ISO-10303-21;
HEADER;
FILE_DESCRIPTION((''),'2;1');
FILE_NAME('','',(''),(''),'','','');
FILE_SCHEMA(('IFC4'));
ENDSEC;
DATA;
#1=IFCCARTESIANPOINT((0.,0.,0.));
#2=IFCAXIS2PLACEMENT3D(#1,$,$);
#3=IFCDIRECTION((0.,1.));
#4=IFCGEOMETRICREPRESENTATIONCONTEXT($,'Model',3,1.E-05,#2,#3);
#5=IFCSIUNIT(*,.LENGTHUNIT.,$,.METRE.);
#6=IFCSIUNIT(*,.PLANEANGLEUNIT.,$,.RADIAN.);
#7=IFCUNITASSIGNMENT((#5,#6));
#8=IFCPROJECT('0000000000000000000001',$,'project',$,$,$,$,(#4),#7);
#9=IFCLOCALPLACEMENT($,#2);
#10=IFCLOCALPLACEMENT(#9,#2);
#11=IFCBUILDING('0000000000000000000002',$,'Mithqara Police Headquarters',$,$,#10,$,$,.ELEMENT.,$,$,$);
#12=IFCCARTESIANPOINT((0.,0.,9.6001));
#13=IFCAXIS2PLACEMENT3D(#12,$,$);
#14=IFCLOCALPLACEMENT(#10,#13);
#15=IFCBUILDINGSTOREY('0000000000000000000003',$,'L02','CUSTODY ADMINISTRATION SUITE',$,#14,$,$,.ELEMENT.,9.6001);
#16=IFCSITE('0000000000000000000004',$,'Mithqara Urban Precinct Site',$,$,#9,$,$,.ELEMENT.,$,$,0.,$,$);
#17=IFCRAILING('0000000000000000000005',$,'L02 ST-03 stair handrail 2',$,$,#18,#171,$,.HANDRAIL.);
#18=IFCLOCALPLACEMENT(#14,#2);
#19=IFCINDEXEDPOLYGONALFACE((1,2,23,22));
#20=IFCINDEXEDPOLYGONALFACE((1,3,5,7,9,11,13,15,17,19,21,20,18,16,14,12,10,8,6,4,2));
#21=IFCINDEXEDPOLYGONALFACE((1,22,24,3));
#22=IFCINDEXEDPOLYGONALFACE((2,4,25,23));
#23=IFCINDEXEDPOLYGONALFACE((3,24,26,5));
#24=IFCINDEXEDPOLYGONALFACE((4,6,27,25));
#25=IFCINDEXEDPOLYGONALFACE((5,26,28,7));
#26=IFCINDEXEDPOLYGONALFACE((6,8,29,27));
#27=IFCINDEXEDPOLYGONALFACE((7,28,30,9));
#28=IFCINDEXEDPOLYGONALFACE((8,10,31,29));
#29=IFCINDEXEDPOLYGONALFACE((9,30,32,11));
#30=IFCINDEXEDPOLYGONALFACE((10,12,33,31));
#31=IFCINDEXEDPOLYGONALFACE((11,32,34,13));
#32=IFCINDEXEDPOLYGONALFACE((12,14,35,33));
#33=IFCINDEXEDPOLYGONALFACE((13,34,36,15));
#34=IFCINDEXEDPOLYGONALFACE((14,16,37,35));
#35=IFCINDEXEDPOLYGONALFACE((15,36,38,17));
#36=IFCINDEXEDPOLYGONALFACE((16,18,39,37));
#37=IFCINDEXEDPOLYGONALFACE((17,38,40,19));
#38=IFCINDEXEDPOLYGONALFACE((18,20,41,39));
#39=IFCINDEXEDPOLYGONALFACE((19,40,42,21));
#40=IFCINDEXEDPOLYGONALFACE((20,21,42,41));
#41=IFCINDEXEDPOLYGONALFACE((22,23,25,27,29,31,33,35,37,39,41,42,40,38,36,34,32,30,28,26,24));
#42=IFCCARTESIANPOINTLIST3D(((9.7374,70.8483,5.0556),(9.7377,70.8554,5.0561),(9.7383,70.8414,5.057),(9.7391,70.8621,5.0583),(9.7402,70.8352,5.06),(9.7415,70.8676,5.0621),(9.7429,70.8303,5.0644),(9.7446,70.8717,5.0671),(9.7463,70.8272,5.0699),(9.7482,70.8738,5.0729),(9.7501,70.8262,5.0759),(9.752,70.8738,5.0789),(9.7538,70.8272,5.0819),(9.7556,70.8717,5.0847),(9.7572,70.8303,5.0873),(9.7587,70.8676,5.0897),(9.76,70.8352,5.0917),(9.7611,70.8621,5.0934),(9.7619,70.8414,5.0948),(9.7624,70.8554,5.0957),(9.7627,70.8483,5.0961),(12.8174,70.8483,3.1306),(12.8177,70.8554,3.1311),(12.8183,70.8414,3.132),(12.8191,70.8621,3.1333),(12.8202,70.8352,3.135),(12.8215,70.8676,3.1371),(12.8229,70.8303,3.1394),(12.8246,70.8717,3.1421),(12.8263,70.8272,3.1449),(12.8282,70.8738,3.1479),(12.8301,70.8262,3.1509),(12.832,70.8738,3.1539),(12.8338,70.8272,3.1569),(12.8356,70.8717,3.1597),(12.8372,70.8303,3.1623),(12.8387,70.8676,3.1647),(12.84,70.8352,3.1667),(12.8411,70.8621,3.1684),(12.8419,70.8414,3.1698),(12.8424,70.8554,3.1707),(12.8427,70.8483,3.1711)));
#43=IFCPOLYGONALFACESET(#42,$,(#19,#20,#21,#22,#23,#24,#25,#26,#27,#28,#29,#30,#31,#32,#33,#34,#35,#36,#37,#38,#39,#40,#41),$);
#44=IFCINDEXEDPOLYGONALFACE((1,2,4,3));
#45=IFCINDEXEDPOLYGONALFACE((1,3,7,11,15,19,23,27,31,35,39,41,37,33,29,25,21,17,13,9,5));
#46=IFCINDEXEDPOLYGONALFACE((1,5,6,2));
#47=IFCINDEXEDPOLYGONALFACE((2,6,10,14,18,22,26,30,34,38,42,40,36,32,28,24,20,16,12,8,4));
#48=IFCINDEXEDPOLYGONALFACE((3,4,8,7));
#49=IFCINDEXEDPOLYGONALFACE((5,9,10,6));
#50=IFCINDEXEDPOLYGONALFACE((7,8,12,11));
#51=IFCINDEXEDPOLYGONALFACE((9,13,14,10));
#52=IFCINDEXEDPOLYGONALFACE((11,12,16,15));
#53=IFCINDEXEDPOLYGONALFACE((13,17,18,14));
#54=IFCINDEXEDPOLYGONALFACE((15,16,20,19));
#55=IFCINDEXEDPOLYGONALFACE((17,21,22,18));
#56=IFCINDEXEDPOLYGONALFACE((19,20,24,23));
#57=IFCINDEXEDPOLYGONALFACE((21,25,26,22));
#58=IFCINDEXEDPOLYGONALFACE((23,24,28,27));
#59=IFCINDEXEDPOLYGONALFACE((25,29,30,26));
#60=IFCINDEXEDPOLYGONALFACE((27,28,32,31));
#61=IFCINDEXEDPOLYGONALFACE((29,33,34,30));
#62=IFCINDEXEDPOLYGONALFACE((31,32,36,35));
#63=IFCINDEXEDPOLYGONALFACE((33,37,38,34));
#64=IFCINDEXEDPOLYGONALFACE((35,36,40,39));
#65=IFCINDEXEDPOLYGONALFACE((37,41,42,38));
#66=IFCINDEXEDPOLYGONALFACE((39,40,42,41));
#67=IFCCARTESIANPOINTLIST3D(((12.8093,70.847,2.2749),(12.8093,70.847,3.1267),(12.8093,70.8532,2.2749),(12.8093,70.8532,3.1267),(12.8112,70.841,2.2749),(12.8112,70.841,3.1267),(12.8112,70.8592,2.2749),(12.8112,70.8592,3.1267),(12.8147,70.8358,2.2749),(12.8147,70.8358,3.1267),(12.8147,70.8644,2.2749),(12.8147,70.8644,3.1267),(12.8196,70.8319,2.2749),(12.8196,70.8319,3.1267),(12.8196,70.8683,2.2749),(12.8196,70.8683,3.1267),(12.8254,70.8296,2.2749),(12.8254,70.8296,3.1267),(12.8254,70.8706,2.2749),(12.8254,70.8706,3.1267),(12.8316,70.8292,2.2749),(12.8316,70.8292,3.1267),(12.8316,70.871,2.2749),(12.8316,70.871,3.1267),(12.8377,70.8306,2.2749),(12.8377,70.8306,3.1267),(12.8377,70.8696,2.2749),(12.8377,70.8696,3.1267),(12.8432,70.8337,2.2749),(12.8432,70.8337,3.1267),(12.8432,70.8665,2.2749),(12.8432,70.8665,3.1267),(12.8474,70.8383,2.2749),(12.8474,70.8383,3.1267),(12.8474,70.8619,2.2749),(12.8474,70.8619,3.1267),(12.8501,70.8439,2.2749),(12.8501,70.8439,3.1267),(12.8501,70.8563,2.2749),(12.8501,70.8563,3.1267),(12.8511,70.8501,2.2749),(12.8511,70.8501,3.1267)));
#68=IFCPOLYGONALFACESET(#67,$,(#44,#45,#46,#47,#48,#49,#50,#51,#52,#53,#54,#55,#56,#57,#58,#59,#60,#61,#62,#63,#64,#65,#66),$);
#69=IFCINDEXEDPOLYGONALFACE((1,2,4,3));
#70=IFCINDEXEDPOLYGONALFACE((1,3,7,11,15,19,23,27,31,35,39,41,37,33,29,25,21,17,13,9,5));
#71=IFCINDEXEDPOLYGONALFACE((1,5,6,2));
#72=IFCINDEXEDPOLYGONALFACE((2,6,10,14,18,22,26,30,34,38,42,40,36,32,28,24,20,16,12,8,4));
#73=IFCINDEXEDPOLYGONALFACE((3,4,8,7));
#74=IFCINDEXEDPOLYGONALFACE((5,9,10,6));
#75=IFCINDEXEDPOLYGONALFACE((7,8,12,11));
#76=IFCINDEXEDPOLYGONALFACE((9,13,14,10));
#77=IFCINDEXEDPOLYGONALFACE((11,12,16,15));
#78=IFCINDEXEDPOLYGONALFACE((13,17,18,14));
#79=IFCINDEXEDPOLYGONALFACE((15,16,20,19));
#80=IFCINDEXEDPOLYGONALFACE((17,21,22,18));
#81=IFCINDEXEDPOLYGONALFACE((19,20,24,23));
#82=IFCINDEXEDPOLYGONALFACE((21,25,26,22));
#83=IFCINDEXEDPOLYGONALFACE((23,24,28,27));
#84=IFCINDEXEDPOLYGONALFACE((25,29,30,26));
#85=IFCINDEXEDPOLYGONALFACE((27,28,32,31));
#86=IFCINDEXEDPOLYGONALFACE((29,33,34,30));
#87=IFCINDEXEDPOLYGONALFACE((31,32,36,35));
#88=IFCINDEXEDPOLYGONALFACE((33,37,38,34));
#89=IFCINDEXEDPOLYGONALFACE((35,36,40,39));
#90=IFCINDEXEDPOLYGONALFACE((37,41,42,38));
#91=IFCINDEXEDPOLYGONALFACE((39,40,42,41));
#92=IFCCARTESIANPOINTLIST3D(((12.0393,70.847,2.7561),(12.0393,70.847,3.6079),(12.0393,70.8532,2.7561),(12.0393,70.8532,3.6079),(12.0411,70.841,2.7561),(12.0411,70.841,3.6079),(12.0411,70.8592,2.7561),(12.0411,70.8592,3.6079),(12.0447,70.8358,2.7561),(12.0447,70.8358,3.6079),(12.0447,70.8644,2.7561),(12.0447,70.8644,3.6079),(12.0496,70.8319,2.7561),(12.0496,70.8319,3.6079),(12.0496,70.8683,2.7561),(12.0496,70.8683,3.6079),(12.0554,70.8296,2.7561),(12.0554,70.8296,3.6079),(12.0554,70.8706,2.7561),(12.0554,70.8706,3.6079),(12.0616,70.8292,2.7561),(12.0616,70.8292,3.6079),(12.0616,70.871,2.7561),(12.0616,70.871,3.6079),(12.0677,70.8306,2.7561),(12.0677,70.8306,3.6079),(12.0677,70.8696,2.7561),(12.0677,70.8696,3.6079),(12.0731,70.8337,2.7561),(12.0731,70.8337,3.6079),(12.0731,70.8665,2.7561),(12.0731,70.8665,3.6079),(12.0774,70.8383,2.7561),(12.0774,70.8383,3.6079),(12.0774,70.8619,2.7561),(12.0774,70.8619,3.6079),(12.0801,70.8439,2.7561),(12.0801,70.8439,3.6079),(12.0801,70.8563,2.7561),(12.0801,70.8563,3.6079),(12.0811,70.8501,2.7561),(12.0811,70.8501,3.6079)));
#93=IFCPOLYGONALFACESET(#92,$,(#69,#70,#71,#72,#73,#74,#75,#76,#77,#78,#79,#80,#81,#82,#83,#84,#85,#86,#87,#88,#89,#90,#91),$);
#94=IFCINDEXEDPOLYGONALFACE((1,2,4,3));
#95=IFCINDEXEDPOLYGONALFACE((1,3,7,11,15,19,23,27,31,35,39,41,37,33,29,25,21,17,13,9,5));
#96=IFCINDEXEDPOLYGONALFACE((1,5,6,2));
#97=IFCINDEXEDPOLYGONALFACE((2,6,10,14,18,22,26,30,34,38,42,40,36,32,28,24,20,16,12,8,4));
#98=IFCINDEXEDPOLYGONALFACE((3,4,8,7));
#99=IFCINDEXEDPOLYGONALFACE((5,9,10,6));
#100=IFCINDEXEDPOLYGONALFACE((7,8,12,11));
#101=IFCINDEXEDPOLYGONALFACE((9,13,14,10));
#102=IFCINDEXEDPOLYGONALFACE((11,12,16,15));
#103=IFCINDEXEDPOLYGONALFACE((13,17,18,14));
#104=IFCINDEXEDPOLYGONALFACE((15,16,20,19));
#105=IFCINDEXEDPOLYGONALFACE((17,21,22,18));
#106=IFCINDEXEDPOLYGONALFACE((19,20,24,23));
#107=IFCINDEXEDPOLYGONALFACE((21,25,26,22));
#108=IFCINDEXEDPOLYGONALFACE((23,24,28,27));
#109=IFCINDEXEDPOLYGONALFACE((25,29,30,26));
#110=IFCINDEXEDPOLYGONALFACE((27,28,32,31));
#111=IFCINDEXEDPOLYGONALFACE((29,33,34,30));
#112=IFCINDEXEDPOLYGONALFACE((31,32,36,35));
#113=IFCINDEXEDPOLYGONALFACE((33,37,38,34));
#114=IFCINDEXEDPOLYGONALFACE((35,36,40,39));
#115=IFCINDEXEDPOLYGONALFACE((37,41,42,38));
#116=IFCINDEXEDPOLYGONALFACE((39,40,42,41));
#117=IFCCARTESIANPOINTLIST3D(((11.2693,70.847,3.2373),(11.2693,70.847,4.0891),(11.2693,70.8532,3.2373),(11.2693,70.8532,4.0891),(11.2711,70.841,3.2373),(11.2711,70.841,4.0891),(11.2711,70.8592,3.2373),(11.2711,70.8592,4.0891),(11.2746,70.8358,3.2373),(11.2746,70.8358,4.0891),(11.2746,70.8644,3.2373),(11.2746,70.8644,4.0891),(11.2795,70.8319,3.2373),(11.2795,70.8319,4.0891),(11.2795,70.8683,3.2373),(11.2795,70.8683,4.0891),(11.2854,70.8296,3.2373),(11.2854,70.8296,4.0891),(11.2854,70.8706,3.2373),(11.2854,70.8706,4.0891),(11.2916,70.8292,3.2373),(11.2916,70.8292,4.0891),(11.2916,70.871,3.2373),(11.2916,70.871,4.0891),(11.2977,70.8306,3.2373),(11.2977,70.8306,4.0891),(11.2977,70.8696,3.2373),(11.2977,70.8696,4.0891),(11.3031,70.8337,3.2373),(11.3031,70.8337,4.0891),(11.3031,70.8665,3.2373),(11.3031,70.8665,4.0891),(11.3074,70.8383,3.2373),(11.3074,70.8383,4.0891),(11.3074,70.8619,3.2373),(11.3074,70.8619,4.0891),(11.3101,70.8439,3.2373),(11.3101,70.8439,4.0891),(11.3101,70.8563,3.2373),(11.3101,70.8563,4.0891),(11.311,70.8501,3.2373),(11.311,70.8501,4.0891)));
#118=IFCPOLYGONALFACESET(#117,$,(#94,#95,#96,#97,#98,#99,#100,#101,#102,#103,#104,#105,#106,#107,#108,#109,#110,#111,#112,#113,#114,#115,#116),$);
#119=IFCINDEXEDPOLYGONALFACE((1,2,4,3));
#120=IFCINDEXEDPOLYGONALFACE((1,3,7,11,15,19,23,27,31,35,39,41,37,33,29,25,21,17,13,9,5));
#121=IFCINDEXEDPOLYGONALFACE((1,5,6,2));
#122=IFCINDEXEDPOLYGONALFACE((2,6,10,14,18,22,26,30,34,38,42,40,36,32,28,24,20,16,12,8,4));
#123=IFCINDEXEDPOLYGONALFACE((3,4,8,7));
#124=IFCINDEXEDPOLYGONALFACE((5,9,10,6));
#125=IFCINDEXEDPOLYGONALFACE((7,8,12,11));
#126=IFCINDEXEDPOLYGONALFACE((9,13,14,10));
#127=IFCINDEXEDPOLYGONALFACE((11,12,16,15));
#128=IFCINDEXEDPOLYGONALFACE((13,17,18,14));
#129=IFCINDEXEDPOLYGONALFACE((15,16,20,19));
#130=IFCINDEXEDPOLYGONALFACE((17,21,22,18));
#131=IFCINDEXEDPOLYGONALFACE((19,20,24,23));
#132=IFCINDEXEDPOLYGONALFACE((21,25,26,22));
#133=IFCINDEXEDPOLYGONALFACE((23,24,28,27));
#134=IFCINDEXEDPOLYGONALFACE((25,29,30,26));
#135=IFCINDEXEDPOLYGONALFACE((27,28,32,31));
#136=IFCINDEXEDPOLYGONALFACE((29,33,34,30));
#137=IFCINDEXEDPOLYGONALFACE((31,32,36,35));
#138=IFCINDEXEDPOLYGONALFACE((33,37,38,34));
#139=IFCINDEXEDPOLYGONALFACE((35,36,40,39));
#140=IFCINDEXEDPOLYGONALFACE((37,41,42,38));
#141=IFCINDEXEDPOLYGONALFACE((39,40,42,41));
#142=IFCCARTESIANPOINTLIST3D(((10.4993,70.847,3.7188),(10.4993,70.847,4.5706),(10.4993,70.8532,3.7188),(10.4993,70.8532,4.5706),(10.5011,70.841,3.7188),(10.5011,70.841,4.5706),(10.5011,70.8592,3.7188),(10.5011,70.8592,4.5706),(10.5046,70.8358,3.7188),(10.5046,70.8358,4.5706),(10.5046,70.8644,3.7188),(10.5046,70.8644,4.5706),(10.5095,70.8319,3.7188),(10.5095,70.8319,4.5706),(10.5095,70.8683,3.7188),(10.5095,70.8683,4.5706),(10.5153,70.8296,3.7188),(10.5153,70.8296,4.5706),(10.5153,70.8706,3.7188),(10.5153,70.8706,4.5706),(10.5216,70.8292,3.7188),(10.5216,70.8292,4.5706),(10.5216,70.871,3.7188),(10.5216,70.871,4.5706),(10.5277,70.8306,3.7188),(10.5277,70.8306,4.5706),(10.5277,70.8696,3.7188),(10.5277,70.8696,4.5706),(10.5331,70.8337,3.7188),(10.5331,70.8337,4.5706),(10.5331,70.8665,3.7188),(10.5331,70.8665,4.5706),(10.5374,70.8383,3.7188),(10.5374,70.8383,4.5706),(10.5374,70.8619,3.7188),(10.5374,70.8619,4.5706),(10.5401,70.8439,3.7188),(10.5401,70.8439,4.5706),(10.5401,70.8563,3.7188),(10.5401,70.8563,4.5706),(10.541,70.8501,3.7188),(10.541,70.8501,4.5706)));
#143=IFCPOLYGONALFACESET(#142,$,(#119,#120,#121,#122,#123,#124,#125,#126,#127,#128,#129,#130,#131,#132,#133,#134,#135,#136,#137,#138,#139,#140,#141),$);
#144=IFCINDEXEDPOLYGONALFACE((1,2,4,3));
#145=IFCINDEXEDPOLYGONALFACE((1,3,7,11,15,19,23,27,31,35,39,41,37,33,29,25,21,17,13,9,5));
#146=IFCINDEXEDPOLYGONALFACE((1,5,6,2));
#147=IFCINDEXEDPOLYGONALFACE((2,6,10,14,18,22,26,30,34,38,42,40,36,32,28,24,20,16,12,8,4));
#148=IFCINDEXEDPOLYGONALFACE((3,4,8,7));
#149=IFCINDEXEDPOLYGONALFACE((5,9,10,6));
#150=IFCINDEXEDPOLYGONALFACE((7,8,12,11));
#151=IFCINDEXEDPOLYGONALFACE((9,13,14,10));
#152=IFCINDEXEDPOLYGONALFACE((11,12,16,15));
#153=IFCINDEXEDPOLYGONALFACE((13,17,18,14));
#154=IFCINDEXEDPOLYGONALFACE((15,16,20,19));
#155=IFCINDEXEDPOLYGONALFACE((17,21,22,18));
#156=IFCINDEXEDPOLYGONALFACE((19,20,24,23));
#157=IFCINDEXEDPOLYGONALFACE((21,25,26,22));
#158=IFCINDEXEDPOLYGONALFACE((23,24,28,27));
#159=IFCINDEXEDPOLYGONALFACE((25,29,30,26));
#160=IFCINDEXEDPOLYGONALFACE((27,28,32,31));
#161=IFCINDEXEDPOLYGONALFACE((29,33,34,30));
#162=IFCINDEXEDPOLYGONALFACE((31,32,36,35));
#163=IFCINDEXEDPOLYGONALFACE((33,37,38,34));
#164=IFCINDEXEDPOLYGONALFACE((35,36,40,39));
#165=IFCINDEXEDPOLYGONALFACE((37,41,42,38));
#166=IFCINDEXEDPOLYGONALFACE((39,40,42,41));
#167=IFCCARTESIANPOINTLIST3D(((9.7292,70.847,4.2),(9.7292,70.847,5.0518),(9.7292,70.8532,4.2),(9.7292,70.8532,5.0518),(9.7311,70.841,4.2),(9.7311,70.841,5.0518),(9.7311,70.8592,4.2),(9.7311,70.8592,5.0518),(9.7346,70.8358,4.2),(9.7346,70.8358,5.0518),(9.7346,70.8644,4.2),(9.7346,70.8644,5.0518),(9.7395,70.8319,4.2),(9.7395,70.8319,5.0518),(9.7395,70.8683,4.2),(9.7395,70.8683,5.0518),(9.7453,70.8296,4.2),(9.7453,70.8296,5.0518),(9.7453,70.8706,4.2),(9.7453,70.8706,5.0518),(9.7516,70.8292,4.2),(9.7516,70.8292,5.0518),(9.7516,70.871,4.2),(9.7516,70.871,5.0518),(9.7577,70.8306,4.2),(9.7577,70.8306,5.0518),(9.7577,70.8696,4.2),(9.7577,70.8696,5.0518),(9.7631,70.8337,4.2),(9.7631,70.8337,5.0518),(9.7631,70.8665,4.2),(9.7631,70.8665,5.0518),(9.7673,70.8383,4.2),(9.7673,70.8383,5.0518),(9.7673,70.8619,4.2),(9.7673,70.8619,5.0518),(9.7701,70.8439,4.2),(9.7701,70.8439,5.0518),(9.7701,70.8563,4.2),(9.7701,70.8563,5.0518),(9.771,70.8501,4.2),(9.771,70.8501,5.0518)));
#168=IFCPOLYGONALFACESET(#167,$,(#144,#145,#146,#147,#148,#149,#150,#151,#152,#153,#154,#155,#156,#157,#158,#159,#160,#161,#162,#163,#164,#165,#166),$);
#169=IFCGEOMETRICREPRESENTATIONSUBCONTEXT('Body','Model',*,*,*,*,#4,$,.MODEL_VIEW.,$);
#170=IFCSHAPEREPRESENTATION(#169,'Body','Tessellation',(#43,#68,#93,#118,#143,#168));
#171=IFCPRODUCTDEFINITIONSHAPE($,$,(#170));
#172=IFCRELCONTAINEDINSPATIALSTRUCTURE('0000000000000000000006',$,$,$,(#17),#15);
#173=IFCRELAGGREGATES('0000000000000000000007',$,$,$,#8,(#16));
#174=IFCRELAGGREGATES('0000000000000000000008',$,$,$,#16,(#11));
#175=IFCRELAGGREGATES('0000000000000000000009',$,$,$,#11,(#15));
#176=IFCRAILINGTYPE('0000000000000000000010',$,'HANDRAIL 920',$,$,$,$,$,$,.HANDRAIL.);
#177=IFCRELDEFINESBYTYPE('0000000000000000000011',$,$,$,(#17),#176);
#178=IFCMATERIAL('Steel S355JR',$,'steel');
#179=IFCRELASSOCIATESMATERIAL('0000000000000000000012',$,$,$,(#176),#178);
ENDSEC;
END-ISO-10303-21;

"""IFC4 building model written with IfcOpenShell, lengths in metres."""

from ifc_helpers import new_model, si_unit, direction, frame, origin, origin_2d, place, context, subcontext, project, spatial, circle, extrude, material, type_object, element, save


model = new_model("IFC4")

# Units and contexts
model_context = context("Model", 3, precision=1e-05, world=origin(), true_north=direction((0.0, 1.0)))
body_context = subcontext(model_context, "Body", "Model", "MODEL_VIEW")
ifc_project = project(units=[si_unit("LENGTHUNIT", "METRE"), si_unit("PLANEANGLEUNIT", "RADIAN")], contexts=[model_context])

# Site, building, storey
site_placement = place(None, origin())
site = spatial("IfcSite", under=ifc_project, at=site_placement, Name="Mithqara Urban Precinct Site", CompositionType="ELEMENT", RefElevation=0.0)
building_placement = place(site_placement, origin())
building = spatial("IfcBuilding", under=site, at=building_placement, Name="Mithqara Police Headquarters", CompositionType="ELEMENT")
storey_placement = place(building_placement, frame((0.0, 0.0, 9.6001)))
storey = spatial("IfcBuildingStorey", under=building, at=storey_placement, Name="L02", Description="CUSTODY ADMINISTRATION SUITE", CompositionType="ELEMENT", Elevation=9.6001)

# Shared definitions
ifc_material_1 = material(Name="Steel S355JR", Category="steel")

# Railing
railing_type_1 = type_object("IfcRailingType", Name="HANDRAIL 920", PredefinedType="HANDRAIL", material=ifc_material_1)
railing_1_placement = place(storey_placement, frame((12.8301, 70.8501, 2.2749)))
element("IfcRailing", 1, at=railing_1_placement, inside=storey, type_object=railing_type_1, Name="L02 ST-03 stair handrail 2", PredefinedType="HANDRAIL", context=body_context, shape_type="SweptSolid", body=[
    extrude(circle(Radius=0.0239, at=origin_2d()), frame((0.0, 0.0, 0.876), z_axis=(-0.847998, 0.0, 0.529999), x_axis=(0.0, -1.0, 0.0)), (0.0, 0.0, 1.0), 3.6321),
    extrude(circle(Radius=0.021, at=origin_2d()), origin(), (0.0, 0.0, 1.0), 0.8518),
    extrude(circle(Radius=0.021, at=origin_2d()), frame((-0.77, 0.0, 0.4812)), (0.0, 0.0, 1.0), 0.8518),
    extrude(circle(Radius=0.021, at=origin_2d()), frame((-1.54, 0.0, 0.9624)), (0.0, 0.0, 1.0), 0.8518),
    extrude(circle(Radius=0.021, at=origin_2d()), frame((-2.3101, 0.0, 1.4438)), (0.0, 0.0, 1.0), 0.8518),
    extrude(circle(Radius=0.021, at=origin_2d()), frame((-3.0801, 0.0, 1.925)), (0.0, 0.0, 1.0), 0.8518),
])

save(model, "model.ifc")
